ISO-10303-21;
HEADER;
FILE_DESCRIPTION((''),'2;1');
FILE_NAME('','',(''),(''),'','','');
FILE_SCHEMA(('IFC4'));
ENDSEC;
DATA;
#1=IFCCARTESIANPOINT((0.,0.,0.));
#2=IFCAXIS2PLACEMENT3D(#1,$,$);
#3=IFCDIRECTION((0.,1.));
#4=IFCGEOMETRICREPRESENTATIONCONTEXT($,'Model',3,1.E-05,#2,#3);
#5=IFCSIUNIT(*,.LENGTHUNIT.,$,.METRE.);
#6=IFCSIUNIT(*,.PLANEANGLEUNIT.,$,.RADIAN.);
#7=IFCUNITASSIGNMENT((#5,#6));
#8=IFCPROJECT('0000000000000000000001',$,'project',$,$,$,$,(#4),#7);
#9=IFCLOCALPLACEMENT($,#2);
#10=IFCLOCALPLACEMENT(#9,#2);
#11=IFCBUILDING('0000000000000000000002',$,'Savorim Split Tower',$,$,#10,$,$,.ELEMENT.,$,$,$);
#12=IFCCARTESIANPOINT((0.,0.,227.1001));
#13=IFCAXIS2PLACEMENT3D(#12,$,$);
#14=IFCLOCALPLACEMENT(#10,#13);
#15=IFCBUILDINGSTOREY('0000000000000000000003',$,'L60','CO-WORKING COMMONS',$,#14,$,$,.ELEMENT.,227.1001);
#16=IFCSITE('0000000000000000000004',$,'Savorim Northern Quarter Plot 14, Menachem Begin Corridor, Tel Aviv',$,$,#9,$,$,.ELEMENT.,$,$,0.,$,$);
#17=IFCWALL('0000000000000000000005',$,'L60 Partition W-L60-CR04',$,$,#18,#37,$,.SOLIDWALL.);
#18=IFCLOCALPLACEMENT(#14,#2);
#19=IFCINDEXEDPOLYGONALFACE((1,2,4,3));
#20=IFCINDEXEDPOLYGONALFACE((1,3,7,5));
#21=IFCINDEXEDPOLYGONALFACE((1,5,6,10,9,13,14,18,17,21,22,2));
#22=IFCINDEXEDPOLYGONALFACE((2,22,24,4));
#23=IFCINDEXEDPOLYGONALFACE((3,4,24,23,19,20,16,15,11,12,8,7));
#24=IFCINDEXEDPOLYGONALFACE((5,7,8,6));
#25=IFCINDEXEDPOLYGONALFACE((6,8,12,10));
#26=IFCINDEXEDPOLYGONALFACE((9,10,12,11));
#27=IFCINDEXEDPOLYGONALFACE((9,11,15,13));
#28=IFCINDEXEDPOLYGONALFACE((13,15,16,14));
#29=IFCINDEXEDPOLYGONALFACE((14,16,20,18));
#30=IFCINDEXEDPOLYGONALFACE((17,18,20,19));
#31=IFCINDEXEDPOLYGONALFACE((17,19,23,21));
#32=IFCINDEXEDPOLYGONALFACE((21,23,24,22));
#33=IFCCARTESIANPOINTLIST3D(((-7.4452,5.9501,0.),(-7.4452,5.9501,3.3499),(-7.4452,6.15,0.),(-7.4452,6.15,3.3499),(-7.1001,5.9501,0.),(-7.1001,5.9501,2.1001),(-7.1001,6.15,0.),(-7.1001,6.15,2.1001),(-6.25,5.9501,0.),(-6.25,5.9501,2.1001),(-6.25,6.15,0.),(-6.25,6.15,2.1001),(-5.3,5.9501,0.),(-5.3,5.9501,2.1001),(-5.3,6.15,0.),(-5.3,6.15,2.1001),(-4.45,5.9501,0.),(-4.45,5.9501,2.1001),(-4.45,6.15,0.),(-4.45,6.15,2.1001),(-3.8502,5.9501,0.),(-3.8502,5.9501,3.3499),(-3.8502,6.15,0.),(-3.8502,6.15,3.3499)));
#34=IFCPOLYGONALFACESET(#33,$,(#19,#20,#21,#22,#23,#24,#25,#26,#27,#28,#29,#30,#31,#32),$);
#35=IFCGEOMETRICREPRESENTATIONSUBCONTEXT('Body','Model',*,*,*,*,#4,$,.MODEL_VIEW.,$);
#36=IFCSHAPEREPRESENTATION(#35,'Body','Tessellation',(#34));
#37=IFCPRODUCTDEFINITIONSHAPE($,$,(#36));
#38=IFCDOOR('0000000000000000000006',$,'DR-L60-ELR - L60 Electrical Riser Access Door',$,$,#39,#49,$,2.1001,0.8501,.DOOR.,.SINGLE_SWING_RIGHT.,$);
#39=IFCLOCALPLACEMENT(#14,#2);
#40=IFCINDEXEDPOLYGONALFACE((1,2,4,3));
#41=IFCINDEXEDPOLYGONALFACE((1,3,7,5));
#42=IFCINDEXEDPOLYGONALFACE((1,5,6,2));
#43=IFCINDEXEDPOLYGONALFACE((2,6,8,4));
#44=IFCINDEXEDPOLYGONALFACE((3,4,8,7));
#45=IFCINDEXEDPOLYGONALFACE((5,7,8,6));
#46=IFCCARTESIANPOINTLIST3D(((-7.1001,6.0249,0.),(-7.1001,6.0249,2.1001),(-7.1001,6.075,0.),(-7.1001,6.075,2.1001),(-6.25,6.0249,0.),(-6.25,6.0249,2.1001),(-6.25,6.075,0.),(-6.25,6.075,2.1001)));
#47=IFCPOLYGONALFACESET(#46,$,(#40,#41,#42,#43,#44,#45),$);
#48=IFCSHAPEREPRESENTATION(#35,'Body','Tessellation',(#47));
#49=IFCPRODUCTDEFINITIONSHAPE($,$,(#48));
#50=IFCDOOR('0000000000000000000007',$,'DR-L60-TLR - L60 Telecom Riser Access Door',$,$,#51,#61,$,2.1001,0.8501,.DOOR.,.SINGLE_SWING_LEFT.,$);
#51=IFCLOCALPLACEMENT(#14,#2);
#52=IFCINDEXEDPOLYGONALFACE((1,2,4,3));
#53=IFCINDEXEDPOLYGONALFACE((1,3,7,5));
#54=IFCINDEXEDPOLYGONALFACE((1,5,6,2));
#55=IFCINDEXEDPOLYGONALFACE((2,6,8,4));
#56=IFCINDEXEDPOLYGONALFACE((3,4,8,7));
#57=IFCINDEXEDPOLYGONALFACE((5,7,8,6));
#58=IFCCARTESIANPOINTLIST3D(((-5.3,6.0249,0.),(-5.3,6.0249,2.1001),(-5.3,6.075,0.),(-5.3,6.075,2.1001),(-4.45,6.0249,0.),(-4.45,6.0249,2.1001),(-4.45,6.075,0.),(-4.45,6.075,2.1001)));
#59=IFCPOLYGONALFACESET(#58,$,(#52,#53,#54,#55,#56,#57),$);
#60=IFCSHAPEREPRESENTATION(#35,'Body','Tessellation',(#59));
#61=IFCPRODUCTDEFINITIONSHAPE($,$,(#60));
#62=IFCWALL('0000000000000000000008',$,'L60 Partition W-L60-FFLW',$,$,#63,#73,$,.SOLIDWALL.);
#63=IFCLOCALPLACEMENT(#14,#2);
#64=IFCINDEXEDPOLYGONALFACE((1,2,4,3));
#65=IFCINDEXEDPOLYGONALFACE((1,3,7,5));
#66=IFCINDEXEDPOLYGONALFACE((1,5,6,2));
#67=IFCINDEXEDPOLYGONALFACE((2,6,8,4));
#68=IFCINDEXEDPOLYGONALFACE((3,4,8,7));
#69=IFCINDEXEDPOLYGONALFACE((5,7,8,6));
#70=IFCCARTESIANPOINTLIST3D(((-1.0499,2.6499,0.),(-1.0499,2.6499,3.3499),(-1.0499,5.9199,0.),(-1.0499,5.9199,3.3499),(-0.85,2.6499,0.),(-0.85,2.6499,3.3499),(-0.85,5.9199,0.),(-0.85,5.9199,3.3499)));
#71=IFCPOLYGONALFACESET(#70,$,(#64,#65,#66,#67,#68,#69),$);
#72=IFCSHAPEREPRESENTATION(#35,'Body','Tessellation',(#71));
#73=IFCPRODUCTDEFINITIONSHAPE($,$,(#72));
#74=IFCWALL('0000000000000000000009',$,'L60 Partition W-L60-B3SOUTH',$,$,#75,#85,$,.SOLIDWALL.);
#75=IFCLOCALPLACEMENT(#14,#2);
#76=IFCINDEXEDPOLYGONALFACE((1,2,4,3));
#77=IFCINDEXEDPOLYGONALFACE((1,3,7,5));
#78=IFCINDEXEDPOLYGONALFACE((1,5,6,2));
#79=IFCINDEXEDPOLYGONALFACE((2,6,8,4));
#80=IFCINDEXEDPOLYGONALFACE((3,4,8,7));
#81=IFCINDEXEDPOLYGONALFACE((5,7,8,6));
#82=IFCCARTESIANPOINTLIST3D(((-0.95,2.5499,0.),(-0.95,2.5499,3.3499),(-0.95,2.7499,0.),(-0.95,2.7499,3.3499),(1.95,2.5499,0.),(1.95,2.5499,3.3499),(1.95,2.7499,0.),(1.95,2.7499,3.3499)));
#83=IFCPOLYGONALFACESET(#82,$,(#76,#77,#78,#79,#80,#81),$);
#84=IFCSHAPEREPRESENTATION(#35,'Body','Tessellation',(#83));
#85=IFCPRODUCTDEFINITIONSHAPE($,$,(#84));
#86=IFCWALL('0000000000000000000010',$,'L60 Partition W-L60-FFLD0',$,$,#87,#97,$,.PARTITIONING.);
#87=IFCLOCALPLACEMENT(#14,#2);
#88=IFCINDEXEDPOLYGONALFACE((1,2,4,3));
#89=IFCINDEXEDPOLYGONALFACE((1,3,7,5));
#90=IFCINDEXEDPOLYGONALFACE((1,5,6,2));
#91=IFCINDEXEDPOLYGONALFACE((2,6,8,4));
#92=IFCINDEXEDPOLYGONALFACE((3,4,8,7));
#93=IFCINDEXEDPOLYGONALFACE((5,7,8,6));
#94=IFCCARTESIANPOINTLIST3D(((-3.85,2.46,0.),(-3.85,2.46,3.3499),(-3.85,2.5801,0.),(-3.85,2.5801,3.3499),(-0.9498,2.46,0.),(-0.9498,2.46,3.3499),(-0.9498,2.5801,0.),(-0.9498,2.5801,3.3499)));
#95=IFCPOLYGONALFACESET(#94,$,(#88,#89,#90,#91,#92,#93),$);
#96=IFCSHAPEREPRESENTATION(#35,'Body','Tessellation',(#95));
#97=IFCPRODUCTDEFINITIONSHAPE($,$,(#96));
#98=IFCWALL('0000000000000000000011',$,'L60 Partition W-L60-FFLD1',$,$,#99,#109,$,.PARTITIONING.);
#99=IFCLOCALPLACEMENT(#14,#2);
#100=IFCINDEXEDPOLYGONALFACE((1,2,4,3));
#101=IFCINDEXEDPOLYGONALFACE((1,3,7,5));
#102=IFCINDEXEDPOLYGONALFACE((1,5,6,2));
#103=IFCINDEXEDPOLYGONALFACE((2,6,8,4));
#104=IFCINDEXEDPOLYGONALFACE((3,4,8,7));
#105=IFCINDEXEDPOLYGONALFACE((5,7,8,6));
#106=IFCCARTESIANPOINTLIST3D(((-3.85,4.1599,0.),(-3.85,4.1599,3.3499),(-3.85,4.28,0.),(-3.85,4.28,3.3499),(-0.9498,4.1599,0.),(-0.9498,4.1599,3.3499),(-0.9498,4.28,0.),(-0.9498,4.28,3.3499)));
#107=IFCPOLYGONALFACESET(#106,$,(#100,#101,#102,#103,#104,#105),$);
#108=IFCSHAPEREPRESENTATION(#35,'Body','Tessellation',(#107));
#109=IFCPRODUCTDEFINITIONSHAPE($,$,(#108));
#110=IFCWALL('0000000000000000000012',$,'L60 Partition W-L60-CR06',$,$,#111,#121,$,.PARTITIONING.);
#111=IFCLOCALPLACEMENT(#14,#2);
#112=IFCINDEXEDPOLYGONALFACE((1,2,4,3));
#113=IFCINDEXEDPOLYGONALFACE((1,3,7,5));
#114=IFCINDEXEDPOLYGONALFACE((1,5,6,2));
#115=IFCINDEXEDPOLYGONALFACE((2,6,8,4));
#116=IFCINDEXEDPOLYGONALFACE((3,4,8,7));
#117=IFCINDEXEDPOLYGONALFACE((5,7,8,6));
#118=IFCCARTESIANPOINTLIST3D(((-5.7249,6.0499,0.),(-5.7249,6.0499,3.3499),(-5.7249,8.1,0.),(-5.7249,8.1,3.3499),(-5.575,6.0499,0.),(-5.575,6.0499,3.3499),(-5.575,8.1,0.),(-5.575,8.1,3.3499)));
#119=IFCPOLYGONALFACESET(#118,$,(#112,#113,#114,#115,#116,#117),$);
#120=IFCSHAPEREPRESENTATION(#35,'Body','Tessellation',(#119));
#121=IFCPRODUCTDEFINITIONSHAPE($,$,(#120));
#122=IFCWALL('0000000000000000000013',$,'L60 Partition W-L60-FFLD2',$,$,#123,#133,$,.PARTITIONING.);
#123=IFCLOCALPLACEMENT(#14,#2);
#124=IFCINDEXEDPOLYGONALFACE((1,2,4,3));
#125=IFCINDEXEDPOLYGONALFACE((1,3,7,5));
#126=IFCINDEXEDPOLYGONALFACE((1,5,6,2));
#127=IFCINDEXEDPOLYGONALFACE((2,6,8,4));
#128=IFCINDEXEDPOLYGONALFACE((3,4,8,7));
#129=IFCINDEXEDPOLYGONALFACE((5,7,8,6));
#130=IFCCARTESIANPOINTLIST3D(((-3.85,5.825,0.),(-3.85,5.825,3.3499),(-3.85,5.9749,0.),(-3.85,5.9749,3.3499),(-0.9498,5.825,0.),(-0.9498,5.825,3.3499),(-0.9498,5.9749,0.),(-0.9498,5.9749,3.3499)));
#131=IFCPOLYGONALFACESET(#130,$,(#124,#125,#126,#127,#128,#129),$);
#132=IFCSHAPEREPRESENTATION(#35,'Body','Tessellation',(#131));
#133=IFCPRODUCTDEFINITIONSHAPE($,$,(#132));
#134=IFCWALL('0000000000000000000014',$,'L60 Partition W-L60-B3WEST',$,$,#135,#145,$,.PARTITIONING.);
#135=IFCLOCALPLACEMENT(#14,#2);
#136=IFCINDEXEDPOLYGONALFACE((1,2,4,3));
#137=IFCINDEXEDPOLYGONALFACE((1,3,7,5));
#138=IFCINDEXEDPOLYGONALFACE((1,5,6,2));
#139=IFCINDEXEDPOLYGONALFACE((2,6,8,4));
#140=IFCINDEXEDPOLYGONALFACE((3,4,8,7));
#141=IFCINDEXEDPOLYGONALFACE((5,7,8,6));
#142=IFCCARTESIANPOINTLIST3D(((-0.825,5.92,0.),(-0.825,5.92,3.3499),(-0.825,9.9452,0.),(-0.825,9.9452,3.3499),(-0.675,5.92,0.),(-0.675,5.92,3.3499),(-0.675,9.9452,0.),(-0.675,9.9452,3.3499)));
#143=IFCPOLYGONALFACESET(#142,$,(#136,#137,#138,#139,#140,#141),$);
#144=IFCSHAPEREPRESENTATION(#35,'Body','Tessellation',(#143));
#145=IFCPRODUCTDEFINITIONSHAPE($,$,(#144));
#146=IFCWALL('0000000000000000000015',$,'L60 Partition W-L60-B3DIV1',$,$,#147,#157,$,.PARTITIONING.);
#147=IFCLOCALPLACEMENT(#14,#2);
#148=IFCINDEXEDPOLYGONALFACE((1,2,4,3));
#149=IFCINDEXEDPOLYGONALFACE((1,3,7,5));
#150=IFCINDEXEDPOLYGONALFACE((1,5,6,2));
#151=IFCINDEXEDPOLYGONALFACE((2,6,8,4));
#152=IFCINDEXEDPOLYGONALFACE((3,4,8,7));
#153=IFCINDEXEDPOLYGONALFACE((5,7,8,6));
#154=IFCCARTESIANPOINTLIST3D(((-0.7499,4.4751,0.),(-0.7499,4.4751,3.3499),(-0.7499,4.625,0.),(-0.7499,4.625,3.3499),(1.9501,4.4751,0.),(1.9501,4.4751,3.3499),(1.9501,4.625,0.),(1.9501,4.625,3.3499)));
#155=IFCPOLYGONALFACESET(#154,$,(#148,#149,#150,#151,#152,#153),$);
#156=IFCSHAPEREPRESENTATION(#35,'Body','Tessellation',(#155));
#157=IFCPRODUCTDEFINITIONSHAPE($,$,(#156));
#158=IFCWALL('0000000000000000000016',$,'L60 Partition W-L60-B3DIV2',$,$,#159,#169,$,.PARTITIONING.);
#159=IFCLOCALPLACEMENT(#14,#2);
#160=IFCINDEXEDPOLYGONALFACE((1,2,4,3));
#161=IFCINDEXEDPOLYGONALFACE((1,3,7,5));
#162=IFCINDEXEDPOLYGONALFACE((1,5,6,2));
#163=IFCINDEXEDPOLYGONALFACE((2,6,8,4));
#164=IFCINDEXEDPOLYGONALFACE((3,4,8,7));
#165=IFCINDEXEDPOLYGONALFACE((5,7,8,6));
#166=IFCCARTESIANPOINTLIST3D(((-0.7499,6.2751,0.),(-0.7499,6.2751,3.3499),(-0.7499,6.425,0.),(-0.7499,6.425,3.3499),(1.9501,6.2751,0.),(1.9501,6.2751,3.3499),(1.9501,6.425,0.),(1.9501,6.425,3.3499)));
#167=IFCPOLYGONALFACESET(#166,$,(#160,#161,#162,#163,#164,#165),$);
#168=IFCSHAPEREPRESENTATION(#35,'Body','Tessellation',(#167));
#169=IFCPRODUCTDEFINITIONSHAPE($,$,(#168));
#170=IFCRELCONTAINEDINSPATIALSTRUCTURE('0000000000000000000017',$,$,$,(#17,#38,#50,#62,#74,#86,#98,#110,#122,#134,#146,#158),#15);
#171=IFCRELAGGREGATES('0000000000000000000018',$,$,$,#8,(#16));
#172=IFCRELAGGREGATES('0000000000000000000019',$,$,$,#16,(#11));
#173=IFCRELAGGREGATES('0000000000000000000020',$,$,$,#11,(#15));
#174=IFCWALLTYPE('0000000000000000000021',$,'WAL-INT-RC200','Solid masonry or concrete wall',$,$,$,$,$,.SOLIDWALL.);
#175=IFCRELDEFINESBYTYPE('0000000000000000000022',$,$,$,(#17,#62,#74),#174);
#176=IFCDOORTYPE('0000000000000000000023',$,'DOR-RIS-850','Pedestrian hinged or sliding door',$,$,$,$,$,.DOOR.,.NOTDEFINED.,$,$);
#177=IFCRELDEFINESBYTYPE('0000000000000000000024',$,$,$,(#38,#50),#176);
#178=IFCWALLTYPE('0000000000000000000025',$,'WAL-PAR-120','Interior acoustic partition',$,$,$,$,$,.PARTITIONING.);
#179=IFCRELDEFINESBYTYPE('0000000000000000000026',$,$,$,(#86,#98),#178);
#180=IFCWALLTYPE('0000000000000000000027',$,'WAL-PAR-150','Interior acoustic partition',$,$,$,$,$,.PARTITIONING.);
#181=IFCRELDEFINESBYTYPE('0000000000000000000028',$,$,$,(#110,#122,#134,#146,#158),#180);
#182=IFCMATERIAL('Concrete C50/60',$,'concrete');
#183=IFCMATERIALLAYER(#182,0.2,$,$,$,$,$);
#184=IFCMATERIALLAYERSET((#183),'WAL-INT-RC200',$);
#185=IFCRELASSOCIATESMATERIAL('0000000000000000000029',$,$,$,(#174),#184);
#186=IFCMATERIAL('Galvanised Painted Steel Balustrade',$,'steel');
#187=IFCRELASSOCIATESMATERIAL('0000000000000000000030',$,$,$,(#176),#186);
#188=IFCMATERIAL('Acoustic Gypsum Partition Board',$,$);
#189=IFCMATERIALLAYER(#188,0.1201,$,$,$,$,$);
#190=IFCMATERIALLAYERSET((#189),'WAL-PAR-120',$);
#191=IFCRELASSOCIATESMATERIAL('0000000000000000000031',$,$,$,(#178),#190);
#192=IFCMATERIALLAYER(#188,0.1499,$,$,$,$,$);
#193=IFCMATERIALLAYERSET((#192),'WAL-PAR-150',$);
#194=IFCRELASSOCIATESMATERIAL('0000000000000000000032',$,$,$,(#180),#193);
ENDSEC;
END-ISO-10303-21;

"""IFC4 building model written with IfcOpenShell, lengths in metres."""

from ifc_helpers import new_model, si_unit, direction, frame, frame_2d, origin, place, context, subcontext, project, spatial, rectangle, extrude, material, layer, layer_set, type_object, element, fill, save


model = new_model("IFC4")

# Units and contexts
model_context = context("Model", 3, precision=1e-05, world=origin(), true_north=direction((0.0, 1.0)))
body_context = subcontext(model_context, "Body", "Model", "MODEL_VIEW")
ifc_project = project(units=[si_unit("LENGTHUNIT", "METRE"), si_unit("PLANEANGLEUNIT", "RADIAN")], contexts=[model_context])

# Site, building, storey
site_placement = place(None, origin())
site = spatial("IfcSite", under=ifc_project, at=site_placement, Name="Savorim Northern Quarter Plot 14, Menachem Begin Corridor, Tel Aviv", CompositionType="ELEMENT", RefElevation=0.0)
building_placement = place(site_placement, origin())
building = spatial("IfcBuilding", under=site, at=building_placement, Name="Savorim Split Tower", CompositionType="ELEMENT")
storey_placement = place(building_placement, frame((0.0, 0.0, 227.1001)))
storey = spatial("IfcBuildingStorey", under=building, at=storey_placement, Name="L60", Description="CO-WORKING COMMONS", CompositionType="ELEMENT", Elevation=227.1001)

# Shared definitions
ifc_material_1 = material(Name="Concrete C50/60", Category="concrete")
ifc_layer_1 = layer(ifc_material_1, 0.2)
ifc_layer_set_1 = layer_set([ifc_layer_1], Name="WAL-INT-RC200")
wall_type_1 = type_object("IfcWallType", Name="WAL-INT-RC200", Description="Solid masonry or concrete wall", PredefinedType="SOLIDWALL", material=ifc_layer_set_1)

# Wall, openings, doors
wall_1_placement = place(storey_placement, frame((-7.4451, 6.05, 0.0), z_axis=(0.0, 0.0, 1.0), x_axis=(1.0, 0.0, 0.0)))
wall_1 = element("IfcWall", 1, at=wall_1_placement, inside=storey, type_object=wall_type_1, Name="L60 Partition W-L60-CR04", PredefinedType="SOLIDWALL", context=body_context, shape_type="SweptSolid", body=[
    extrude(rectangle(XDim=3.595, YDim=0.2, at=frame_2d((1.7974, 0.0))), origin(), (0.0, 0.0, 1.0), 3.3499),
])
opening_1_placement = place(wall_1_placement, frame((0.345, 0.0, 0.0)))
opening_1 = element("IfcOpeningElement", 2, at=opening_1_placement, cuts=wall_1, PredefinedType="OPENING", context=body_context, shape_type="SweptSolid", body=[
    extrude(rectangle(XDim=0.8501, YDim=2.1001, at=frame_2d((0.425, 1.05))), frame((0.0, 0.1099, 0.0), z_axis=(0.0, -1.0, 0.0), x_axis=(1.0, 0.0, 0.0)), (0.0, 0.0, 1.0), 0.22),
])
opening_2_placement = place(wall_1_placement, frame((2.145, 0.0, 0.0)))
opening_2 = element("IfcOpeningElement", 3, at=opening_2_placement, cuts=wall_1, PredefinedType="OPENING", context=body_context, shape_type="SweptSolid", body=[
    extrude(rectangle(XDim=0.8501, YDim=2.1001, at=frame_2d((0.425, 1.05))), frame((0.0, 0.1099, 0.0), z_axis=(0.0, -1.0, 0.0), x_axis=(1.0, 0.0, 0.0)), (0.0, 0.0, 1.0), 0.22),
])
ifc_material_2 = material(Name="Galvanised Painted Steel Balustrade", Category="steel")
door_type_1 = type_object("IfcDoorType", Name="DOR-RIS-850", Description="Pedestrian hinged or sliding door", OperationType="NOTDEFINED", PredefinedType="DOOR", material=ifc_material_2)
door_1_placement = place(opening_1_placement, origin())
door_1 = element("IfcDoor", 4, at=door_1_placement, inside=storey, type_object=door_type_1, Name="DR-L60-ELR - L60 Electrical Riser Access Door", OperationType="SINGLE_SWING_RIGHT", OverallHeight=2.1001, OverallWidth=0.8501, PredefinedType="DOOR", context=body_context, shape_type="SweptSolid", body=[
    extrude(rectangle(XDim=0.8501, YDim=2.1001, at=frame_2d((0.425, 1.05))), frame((0.0, 0.0249, 0.0), z_axis=(0.0, -1.0, 0.0), x_axis=(1.0, 0.0, 0.0)), (0.0, 0.0, 1.0), 0.05),
])
fill(opening_1, door_1)
door_2_placement = place(opening_2_placement, origin())
door_2 = element("IfcDoor", 5, at=door_2_placement, inside=storey, type_object=door_type_1, Name="DR-L60-TLR - L60 Telecom Riser Access Door", OperationType="SINGLE_SWING_LEFT", OverallHeight=2.1001, OverallWidth=0.8501, PredefinedType="DOOR", context=body_context, shape_type="SweptSolid", body=[
    extrude(rectangle(XDim=0.8501, YDim=2.1001, at=frame_2d((0.425, 1.05))), frame((0.0, 0.0249, 0.0), z_axis=(0.0, -1.0, 0.0), x_axis=(1.0, 0.0, 0.0)), (0.0, 0.0, 1.0), 0.05),
])
fill(opening_2, door_2)

# Walls
wall_2_placement = place(storey_placement, frame((-0.95, 2.6499, 0.0), z_axis=(0.0, 0.0, 1.0), x_axis=(0.0, 1.0, 0.0)))
element("IfcWall", 6, at=wall_2_placement, inside=storey, type_object=wall_type_1, Name="L60 Partition W-L60-FFLW", PredefinedType="SOLIDWALL", context=body_context, shape_type="SweptSolid", body=[
    extrude(rectangle(XDim=3.27, YDim=0.2, at=frame_2d((1.635, 0.0))), origin(), (0.0, 0.0, 1.0), 3.3499),
])
wall_3_placement = place(storey_placement, frame((-0.95, 2.6499, 0.0), z_axis=(0.0, 0.0, 1.0), x_axis=(1.0, 0.0, 0.0)))
element("IfcWall", 7, at=wall_3_placement, inside=storey, type_object=wall_type_1, Name="L60 Partition W-L60-B3SOUTH", PredefinedType="SOLIDWALL", context=body_context, shape_type="SweptSolid", body=[
    extrude(rectangle(XDim=2.8999, YDim=0.2, at=frame_2d((1.45, 0.0))), origin(), (0.0, 0.0, 1.0), 3.3499),
])
ifc_material_3 = material(Name="Acoustic Gypsum Partition Board")
ifc_layer_2 = layer(ifc_material_3, 0.1201)
ifc_layer_set_2 = layer_set([ifc_layer_2], Name="WAL-PAR-120")
wall_type_2 = type_object("IfcWallType", Name="WAL-PAR-120", Description="Interior acoustic partition", PredefinedType="PARTITIONING", material=ifc_layer_set_2)
for number, where, z_axis, x_axis, name in (
    (8, (-3.8501, 2.52, 0.0), (0.0, 0.0, 1.0), (1.0, 0.0, 0.0), "L60 Partition W-L60-FFLD0"),
    (9, (-3.8501, 4.22, 0.0), (0.0, 0.0, 1.0), (1.0, 0.0, 0.0), "L60 Partition W-L60-FFLD1"),
):
    element("IfcWall", number, at=place(storey_placement, frame(where, z_axis=z_axis, x_axis=x_axis)), inside=storey, type_object=wall_type_2, Name=name, PredefinedType="PARTITIONING", context=body_context, shape_type="SweptSolid", body=[
        extrude(rectangle(XDim=2.9001, YDim=0.1201, at=frame_2d((1.4502, 0.0))), origin(), (0.0, 0.0, 1.0), 3.3499),
    ])
ifc_layer_3 = layer(ifc_material_3, 0.1499)
ifc_layer_set_3 = layer_set([ifc_layer_3], Name="WAL-PAR-150")
wall_type_3 = type_object("IfcWallType", Name="WAL-PAR-150", Description="Interior acoustic partition", PredefinedType="PARTITIONING", material=ifc_layer_set_3)
wall_4_placement = place(storey_placement, frame((-5.6499, 6.05, 0.0), z_axis=(0.0, 0.0, 1.0), x_axis=(0.0, 1.0, 0.0)))
element("IfcWall", 10, at=wall_4_placement, inside=storey, type_object=wall_type_3, Name="L60 Partition W-L60-CR06", PredefinedType="PARTITIONING", context=body_context, shape_type="SweptSolid", body=[
    extrude(rectangle(XDim=2.05, YDim=0.1499, at=frame_2d((1.0249, 0.0))), origin(), (0.0, 0.0, 1.0), 3.3499),
])
wall_5_placement = place(storey_placement, frame((-3.8501, 5.8999, 0.0), z_axis=(0.0, 0.0, 1.0), x_axis=(1.0, 0.0, 0.0)))
element("IfcWall", 11, at=wall_5_placement, inside=storey, type_object=wall_type_3, Name="L60 Partition W-L60-FFLD2", PredefinedType="PARTITIONING", context=body_context, shape_type="SweptSolid", body=[
    extrude(rectangle(XDim=2.9001, YDim=0.1499, at=frame_2d((1.4502, 0.0))), origin(), (0.0, 0.0, 1.0), 3.3499),
])
wall_6_placement = place(storey_placement, frame((-0.75, 5.9199, 0.0), z_axis=(0.0, 0.0, 1.0), x_axis=(0.0, 1.0, 0.0)))
element("IfcWall", 12, at=wall_6_placement, inside=storey, type_object=wall_type_3, Name="L60 Partition W-L60-B3WEST", PredefinedType="PARTITIONING", context=body_context, shape_type="SweptSolid", body=[
    extrude(rectangle(XDim=4.0251, YDim=0.1499, at=frame_2d((2.0127, 0.0))), origin(), (0.0, 0.0, 1.0), 3.3499),
])
for number, where, z_axis, x_axis, name in (
    (13, (-0.75, 4.55, 0.0), (0.0, 0.0, 1.0), (1.0, 0.0, 0.0), "L60 Partition W-L60-B3DIV1"),
    (14, (-0.75, 6.3501, 0.0), (0.0, 0.0, 1.0), (1.0, 0.0, 0.0), "L60 Partition W-L60-B3DIV2"),
):
    element("IfcWall", number, at=place(storey_placement, frame(where, z_axis=z_axis, x_axis=x_axis)), inside=storey, type_object=wall_type_3, Name=name, PredefinedType="PARTITIONING", context=body_context, shape_type="SweptSolid", body=[
        extrude(rectangle(XDim=2.7, YDim=0.1499, at=frame_2d((1.3501, 0.0))), origin(), (0.0, 0.0, 1.0), 3.3499),
    ])

save(model, "model.ifc")
